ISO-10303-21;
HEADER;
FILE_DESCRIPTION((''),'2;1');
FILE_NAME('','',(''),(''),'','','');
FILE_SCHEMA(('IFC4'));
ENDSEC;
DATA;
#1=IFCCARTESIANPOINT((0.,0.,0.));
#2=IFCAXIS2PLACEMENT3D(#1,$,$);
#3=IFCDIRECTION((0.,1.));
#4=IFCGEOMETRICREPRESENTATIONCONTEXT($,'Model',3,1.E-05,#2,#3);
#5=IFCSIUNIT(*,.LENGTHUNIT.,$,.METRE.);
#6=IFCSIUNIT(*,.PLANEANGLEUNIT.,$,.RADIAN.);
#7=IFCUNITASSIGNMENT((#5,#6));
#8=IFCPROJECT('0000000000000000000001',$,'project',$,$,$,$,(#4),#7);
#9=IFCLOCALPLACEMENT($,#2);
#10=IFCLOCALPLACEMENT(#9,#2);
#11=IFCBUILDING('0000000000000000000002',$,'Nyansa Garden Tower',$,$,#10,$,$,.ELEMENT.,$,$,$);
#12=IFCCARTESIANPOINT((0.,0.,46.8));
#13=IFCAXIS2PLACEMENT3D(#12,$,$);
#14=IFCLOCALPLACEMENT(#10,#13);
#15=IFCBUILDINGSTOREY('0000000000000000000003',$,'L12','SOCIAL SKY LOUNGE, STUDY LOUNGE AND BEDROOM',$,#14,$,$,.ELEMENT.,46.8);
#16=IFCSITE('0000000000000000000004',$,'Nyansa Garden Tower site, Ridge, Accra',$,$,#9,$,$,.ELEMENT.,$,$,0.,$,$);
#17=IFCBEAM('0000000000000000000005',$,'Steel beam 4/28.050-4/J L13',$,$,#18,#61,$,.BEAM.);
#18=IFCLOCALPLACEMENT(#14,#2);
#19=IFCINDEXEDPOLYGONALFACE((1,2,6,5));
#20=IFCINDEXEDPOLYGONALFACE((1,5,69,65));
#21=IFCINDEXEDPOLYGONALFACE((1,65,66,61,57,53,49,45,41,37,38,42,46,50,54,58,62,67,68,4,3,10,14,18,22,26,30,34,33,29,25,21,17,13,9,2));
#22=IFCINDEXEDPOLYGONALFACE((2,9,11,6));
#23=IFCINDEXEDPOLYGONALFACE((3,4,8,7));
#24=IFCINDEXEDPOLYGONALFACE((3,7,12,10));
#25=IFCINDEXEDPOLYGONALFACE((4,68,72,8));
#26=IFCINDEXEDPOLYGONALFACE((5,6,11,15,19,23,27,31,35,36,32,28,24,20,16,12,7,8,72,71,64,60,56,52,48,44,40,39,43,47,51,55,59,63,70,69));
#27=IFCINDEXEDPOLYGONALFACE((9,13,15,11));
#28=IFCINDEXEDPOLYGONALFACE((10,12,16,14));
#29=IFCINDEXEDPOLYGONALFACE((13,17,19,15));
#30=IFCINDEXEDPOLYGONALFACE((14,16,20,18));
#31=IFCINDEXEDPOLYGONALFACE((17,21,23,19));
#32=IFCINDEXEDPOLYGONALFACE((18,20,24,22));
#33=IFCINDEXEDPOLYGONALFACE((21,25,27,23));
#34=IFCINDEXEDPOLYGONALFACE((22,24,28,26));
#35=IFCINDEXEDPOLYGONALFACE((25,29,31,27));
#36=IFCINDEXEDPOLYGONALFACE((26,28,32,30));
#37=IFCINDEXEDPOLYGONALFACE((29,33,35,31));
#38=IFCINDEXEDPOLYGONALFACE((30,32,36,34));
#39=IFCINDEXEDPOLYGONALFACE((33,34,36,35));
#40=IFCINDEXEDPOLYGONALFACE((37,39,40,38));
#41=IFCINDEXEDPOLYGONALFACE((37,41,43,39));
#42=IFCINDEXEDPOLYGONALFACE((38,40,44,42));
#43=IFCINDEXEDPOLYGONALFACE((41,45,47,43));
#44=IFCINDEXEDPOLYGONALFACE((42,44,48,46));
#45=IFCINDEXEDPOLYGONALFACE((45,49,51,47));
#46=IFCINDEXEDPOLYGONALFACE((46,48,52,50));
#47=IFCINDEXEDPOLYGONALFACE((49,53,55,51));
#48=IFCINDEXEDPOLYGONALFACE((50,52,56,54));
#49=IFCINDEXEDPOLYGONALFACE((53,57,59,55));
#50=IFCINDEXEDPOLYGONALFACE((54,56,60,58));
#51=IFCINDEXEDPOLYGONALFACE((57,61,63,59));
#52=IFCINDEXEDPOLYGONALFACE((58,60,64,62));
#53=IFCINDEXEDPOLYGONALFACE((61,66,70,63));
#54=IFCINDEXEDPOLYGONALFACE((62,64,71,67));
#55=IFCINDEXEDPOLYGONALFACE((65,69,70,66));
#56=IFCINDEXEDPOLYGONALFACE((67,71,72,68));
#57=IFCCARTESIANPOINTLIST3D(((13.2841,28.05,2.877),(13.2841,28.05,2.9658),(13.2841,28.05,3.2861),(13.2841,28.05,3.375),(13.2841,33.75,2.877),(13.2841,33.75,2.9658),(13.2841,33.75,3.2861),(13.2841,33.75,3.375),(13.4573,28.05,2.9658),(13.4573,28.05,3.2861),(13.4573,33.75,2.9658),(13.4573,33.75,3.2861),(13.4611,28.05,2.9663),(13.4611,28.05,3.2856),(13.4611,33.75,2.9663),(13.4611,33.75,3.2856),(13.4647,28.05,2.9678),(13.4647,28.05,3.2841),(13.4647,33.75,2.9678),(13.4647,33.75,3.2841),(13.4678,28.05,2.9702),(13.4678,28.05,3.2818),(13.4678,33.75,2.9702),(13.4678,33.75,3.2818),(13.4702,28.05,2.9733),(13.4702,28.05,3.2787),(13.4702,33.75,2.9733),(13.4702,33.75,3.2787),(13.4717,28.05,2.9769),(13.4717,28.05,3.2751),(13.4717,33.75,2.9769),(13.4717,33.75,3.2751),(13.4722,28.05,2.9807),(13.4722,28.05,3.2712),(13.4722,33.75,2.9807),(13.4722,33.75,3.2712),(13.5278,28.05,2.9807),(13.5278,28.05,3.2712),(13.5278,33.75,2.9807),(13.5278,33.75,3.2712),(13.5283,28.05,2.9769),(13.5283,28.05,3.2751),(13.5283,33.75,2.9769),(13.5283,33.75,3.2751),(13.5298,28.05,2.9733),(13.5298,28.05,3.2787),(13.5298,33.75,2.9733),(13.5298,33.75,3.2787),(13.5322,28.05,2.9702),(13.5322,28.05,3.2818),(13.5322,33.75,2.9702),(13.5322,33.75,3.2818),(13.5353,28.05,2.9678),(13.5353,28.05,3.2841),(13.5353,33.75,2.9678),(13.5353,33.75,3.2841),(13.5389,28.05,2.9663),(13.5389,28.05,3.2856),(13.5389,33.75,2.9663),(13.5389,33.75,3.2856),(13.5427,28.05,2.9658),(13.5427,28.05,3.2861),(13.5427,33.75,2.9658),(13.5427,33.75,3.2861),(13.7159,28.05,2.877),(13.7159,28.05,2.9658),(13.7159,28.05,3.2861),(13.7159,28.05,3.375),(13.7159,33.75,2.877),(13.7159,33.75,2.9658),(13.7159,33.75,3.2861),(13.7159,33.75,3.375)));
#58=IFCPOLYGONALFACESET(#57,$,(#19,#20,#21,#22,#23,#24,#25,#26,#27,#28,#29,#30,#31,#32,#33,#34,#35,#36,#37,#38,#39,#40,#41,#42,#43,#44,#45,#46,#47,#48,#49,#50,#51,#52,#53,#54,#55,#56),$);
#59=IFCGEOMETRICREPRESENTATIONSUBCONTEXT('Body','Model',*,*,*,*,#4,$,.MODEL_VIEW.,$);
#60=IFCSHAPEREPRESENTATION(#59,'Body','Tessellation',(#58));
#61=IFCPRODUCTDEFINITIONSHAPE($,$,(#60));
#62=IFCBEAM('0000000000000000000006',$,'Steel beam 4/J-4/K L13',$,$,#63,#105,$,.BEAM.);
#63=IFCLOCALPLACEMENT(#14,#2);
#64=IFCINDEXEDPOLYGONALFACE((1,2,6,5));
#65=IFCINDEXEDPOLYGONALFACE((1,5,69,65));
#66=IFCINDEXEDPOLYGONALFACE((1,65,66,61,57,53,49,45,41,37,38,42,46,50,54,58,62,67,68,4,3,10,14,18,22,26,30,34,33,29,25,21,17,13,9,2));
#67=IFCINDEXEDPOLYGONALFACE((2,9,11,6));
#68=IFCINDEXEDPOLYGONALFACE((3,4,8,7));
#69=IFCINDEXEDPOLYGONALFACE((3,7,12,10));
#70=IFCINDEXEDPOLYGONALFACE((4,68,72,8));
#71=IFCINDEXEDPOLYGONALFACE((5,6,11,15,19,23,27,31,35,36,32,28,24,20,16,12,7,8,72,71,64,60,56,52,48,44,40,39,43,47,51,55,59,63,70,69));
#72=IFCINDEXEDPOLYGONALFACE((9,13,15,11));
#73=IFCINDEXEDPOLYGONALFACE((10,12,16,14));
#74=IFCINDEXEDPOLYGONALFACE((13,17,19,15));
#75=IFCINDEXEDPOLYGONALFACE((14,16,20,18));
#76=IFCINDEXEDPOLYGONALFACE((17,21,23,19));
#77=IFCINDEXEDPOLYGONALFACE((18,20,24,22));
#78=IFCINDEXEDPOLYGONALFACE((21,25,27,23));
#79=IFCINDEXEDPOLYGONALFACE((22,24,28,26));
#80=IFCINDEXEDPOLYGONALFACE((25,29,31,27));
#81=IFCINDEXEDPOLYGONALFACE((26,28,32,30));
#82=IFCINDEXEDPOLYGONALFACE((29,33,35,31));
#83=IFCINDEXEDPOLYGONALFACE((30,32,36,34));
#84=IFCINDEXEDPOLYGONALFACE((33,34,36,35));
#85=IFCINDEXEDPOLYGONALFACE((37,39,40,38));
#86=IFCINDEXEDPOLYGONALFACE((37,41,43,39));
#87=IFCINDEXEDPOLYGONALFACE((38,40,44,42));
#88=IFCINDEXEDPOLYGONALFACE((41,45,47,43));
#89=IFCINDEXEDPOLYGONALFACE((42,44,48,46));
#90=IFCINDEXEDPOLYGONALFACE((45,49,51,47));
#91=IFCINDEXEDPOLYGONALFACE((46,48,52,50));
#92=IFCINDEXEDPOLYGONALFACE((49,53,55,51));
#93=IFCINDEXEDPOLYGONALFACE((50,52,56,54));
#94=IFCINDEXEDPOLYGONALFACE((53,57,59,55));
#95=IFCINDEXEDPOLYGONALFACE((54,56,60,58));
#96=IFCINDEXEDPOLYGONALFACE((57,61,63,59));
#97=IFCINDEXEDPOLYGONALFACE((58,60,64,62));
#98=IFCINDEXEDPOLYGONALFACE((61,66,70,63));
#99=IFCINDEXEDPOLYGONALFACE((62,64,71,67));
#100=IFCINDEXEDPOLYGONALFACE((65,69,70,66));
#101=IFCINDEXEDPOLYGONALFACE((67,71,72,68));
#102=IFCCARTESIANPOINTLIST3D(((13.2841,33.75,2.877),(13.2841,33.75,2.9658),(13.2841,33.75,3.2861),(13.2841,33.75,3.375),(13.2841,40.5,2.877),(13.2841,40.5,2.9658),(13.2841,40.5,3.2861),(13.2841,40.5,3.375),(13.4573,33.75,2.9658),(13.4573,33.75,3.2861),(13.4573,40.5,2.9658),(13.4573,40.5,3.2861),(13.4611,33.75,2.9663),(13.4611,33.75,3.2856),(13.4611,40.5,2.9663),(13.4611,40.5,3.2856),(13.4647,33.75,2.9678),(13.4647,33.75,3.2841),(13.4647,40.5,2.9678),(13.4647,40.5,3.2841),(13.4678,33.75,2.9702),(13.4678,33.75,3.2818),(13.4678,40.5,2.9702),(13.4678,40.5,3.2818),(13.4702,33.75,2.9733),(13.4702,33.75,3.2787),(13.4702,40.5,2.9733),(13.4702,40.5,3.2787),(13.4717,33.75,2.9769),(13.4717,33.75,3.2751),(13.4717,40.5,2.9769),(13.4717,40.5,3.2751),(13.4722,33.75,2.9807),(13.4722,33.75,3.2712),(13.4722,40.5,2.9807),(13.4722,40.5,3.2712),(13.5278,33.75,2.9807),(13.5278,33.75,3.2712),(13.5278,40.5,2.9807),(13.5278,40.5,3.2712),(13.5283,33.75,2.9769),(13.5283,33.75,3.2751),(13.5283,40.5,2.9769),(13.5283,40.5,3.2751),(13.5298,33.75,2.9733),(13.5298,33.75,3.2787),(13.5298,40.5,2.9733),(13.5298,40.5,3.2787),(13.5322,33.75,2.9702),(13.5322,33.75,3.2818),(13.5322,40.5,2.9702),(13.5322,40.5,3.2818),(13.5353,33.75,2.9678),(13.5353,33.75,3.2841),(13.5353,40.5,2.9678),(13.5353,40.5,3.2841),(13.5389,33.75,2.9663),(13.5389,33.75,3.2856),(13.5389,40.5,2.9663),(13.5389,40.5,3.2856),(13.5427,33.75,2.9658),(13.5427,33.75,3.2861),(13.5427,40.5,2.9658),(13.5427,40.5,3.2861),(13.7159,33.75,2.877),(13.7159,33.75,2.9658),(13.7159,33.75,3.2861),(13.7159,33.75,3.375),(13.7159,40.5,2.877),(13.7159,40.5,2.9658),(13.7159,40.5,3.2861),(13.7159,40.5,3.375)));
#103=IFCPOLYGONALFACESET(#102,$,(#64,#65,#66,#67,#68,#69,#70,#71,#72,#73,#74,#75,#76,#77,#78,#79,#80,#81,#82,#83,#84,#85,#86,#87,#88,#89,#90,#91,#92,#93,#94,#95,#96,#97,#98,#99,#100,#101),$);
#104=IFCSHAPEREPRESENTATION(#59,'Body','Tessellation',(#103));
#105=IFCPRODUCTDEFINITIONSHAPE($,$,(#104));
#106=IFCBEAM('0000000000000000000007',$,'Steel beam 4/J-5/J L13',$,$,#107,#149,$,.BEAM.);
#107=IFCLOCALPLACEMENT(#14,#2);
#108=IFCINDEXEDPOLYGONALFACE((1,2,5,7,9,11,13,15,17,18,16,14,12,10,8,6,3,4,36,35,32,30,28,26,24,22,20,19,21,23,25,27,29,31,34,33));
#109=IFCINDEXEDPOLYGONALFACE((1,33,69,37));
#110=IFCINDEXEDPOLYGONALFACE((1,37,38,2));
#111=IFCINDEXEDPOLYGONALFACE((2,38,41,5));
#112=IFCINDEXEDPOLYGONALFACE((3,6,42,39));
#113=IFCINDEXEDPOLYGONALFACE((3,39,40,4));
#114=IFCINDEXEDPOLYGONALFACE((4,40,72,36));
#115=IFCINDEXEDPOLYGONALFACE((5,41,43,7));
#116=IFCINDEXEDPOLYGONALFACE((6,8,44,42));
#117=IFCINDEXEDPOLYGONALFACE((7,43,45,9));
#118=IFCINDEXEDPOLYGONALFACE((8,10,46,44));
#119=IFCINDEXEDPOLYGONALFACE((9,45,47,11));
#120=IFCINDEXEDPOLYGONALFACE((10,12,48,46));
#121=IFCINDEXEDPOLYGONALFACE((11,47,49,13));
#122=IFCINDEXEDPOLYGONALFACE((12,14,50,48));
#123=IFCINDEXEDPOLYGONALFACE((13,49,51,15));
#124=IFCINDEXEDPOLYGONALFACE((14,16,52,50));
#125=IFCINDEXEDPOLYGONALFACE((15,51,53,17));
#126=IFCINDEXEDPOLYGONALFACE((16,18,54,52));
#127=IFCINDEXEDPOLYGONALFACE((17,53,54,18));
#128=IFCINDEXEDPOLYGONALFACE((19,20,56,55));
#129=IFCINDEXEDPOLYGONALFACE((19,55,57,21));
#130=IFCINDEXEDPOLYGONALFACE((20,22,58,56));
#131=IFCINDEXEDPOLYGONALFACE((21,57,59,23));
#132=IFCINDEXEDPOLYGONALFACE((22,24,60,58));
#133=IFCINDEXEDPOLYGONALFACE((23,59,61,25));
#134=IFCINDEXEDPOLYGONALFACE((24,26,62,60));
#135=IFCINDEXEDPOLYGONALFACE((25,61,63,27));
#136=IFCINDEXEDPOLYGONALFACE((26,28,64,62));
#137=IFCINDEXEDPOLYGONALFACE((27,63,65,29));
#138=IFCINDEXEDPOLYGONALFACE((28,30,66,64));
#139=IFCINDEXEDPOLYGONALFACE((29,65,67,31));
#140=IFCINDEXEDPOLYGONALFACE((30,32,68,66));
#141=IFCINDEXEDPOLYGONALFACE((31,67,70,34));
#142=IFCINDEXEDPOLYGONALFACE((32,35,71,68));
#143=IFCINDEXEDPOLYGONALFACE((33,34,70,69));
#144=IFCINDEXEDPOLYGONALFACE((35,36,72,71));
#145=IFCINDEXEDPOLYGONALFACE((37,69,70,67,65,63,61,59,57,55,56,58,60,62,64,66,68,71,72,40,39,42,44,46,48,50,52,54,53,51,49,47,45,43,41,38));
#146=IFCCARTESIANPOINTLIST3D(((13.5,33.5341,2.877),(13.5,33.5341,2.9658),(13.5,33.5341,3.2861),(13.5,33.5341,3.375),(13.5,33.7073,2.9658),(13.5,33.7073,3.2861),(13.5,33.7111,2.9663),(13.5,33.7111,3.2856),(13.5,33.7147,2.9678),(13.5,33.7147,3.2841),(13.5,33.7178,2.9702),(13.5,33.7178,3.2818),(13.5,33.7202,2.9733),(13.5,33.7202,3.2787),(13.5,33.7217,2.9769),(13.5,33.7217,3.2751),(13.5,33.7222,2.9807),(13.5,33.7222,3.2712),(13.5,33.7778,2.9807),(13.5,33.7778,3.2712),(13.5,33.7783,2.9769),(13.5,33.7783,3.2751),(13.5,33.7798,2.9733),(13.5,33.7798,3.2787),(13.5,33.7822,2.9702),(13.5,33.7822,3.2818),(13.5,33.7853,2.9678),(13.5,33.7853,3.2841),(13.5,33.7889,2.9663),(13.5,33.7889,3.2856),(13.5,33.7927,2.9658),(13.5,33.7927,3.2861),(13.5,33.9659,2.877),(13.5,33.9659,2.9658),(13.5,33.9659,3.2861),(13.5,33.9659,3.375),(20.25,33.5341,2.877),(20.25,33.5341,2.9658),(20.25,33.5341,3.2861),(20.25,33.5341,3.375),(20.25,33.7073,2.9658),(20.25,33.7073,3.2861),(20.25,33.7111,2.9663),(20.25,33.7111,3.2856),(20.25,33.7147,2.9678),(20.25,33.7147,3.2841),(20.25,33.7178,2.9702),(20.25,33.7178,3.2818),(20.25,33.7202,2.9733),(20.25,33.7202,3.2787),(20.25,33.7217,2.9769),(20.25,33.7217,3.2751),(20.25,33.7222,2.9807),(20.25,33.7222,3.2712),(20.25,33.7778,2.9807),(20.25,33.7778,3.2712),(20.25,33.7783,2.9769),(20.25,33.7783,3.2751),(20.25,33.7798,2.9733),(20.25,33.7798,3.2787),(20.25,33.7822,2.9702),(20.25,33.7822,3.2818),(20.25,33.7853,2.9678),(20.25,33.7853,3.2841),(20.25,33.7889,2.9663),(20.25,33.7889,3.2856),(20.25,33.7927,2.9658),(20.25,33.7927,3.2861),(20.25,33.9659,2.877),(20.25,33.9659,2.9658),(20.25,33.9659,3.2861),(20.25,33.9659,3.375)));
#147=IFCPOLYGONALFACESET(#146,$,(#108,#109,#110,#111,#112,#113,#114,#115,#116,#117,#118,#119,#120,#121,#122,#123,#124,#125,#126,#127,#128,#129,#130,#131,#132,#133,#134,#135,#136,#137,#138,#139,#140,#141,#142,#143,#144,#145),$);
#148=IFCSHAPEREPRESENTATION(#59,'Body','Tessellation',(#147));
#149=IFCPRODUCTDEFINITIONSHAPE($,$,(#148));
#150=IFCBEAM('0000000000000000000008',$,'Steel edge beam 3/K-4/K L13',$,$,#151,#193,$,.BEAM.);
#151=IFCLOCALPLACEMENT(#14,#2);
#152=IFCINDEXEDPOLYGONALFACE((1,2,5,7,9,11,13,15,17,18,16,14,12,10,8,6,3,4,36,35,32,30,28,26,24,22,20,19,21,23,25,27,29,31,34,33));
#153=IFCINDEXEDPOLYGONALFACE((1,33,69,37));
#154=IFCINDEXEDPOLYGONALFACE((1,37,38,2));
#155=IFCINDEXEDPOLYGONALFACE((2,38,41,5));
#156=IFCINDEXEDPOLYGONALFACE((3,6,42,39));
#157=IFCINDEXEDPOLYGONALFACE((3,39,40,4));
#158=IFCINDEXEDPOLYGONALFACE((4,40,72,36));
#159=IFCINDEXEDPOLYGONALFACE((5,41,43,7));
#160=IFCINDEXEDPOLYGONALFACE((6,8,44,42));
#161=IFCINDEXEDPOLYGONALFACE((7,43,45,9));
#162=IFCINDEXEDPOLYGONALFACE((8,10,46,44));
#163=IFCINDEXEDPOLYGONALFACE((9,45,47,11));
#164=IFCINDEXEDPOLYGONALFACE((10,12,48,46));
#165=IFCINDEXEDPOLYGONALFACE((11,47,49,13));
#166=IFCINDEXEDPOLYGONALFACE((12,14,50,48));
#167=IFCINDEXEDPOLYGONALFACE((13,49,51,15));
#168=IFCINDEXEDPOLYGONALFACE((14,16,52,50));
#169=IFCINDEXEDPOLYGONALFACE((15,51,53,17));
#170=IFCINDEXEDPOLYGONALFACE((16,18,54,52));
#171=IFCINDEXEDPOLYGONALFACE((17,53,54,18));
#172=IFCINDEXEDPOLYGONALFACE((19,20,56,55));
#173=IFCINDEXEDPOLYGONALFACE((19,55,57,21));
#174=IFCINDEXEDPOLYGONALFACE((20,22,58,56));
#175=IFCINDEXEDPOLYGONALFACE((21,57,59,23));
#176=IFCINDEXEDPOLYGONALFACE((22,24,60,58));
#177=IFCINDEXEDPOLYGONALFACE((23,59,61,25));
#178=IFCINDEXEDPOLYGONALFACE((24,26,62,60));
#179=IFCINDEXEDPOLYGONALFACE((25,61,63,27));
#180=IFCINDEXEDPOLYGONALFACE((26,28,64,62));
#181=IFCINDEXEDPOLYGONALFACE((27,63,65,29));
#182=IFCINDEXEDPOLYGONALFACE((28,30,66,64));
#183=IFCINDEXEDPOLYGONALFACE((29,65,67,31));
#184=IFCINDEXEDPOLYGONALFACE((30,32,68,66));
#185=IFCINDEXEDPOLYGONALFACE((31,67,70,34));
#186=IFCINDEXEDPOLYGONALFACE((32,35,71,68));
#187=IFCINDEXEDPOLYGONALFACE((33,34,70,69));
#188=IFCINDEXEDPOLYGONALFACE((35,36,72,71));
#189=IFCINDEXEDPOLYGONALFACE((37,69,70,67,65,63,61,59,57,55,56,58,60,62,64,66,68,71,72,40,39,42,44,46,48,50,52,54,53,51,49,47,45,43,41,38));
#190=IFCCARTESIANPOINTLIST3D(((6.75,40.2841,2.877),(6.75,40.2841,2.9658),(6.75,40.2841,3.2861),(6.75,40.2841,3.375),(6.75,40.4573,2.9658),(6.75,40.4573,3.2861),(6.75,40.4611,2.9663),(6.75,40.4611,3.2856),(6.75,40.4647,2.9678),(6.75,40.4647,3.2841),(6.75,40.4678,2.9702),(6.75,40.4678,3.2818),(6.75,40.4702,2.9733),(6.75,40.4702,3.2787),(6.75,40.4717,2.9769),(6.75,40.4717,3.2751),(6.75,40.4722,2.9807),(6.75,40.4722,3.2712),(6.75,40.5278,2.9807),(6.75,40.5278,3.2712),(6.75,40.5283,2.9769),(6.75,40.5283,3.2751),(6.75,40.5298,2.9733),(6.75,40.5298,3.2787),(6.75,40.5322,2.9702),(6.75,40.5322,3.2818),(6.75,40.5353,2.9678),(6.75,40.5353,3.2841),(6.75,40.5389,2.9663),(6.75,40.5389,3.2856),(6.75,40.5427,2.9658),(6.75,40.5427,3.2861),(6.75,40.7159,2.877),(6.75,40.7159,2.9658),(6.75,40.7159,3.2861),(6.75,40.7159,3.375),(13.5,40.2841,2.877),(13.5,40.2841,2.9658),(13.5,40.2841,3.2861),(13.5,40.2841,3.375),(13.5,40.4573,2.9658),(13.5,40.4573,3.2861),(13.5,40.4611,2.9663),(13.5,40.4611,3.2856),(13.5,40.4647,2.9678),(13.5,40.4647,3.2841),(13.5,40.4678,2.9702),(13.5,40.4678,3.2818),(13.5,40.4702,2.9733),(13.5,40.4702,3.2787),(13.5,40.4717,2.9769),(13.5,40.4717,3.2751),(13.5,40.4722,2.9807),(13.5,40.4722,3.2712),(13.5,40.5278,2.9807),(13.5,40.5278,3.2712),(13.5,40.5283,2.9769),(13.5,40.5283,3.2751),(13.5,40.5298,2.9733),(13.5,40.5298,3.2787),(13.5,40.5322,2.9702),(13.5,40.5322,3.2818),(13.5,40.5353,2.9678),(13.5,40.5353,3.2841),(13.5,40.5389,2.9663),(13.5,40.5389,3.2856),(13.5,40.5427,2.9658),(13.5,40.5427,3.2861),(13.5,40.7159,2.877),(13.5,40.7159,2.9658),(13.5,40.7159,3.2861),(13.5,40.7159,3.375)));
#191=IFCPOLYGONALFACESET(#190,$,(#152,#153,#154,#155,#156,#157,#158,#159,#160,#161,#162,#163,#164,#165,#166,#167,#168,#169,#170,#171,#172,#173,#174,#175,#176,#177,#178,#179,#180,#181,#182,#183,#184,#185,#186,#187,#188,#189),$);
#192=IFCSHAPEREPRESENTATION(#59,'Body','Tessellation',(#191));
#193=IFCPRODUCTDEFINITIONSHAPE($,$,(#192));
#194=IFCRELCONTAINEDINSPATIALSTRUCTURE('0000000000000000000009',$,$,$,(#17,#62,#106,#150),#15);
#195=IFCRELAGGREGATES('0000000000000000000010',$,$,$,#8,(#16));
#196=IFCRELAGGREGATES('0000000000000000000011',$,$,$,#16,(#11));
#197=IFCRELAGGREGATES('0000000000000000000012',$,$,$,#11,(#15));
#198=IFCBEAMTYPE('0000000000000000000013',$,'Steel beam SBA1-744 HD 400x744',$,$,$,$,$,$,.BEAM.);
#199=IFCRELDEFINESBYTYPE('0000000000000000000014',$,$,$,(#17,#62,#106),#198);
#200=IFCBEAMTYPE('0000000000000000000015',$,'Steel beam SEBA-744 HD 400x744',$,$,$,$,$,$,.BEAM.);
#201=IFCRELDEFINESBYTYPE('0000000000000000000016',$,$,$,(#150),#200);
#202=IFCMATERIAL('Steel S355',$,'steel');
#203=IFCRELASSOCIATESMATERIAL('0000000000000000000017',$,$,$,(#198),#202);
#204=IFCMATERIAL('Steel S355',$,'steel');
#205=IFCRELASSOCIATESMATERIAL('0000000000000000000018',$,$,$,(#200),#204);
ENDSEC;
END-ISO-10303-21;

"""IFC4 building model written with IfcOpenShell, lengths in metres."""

from ifc_helpers import new_model, si_unit, direction, frame, origin, origin_2d, place, context, subcontext, project, spatial, i_section, extrude, material, material_profile, profile_set, type_object, element, save


model = new_model("IFC4")

# Units and contexts
model_context = context("Model", 3, precision=1e-05, world=origin(), true_north=direction((0.0, 1.0)))
body_context = subcontext(model_context, "Body", "Model", "MODEL_VIEW")
ifc_project = project(units=[si_unit("LENGTHUNIT", "METRE"), si_unit("PLANEANGLEUNIT", "RADIAN")], contexts=[model_context])

# Site, building, storey
site_placement = place(None, origin())
site = spatial("IfcSite", under=ifc_project, at=site_placement, Name="Nyansa Garden Tower site, Ridge, Accra", CompositionType="ELEMENT", RefElevation=0.0)
building_placement = place(site_placement, origin())
building = spatial("IfcBuilding", under=site, at=building_placement, Name="Nyansa Garden Tower", CompositionType="ELEMENT")
storey_placement = place(building_placement, frame((0.0, 0.0, 46.8)))
storey = spatial("IfcBuildingStorey", under=building, at=storey_placement, Name="L12", Description="SOCIAL SKY LOUNGE, STUDY LOUNGE AND BEDROOM", CompositionType="ELEMENT", Elevation=46.8)

# Beams
ifc_material_1 = material(Name="Steel S355", Category="steel")
ifc_material_profile_1 = material_profile(ifc_material_1, i_section(OverallWidth=0.4319, OverallDepth=0.498, WebThickness=0.0557, FlangeThickness=0.0889, FilletRadius=0.0149, at=origin_2d()), Name="HD 400x744")
ifc_profile_set_1 = profile_set([ifc_material_profile_1], Name="Steel S355")
beam_type_1 = type_object("IfcBeamType", Name="Steel beam SBA1-744 HD 400x744", PredefinedType="BEAM", material=ifc_profile_set_1)
beam_placement = place(storey_placement, frame((13.5, 28.05, 3.126), z_axis=(0.0, 1.0, 0.0), x_axis=(-1.0, 0.0, 0.0)))
element("IfcBeam", 1, at=beam_placement, inside=storey, type_object=beam_type_1, Name="Steel beam 4/28.050-4/J L13", PredefinedType="BEAM", context=body_context, shape_type="SweptSolid", body=[
    extrude(i_section(OverallWidth=0.4319, OverallDepth=0.498, WebThickness=0.0557, FlangeThickness=0.0889, FilletRadius=0.0149, at=origin_2d()), origin(), (0.0, 0.0, 1.0), 5.7),
])
for number, where, z_axis, x_axis, name in (
    (2, (13.5, 33.75, 3.126), (0.0, 1.0, 0.0), (-1.0, 0.0, 0.0), "Steel beam 4/J-4/K L13"),
    (3, (13.5, 33.75, 3.126), (1.0, 0.0, 0.0), (0.0, 1.0, 0.0), "Steel beam 4/J-5/J L13"),
):
    element("IfcBeam", number, at=place(storey_placement, frame(where, z_axis=z_axis, x_axis=x_axis)), inside=storey, type_object=beam_type_1, Name=name, PredefinedType="BEAM", context=body_context, shape_type="SweptSolid", body=[
        extrude(i_section(OverallWidth=0.4319, OverallDepth=0.498, WebThickness=0.0557, FlangeThickness=0.0889, FilletRadius=0.0149, at=origin_2d()), origin(), (0.0, 0.0, 1.0), 6.75),
    ])
ifc_material_2 = material(Name="Steel S355", Category="steel")
ifc_material_profile_2 = material_profile(ifc_material_2, i_section(OverallWidth=0.4319, OverallDepth=0.498, WebThickness=0.0557, FlangeThickness=0.0889, FilletRadius=0.0149, at=origin_2d()), Name="HD 400x744")
ifc_profile_set_2 = profile_set([ifc_material_profile_2], Name="Steel S355")
beam_type_2 = type_object("IfcBeamType", Name="Steel beam SEBA-744 HD 400x744", PredefinedType="BEAM", material=ifc_profile_set_2)
for number, where, z_axis, x_axis, name in (
    (4, (6.75, 40.5, 3.126), (1.0, 0.0, 0.0), (0.0, 1.0, 0.0), "Steel edge beam 3/K-4/K L13"),
):
    element("IfcBeam", number, at=place(storey_placement, frame(where, z_axis=z_axis, x_axis=x_axis)), inside=storey, type_object=beam_type_2, Name=name, PredefinedType="BEAM", context=body_context, shape_type="SweptSolid", body=[
        extrude(i_section(OverallWidth=0.4319, OverallDepth=0.498, WebThickness=0.0557, FlangeThickness=0.0889, FilletRadius=0.0149, at=origin_2d()), origin(), (0.0, 0.0, 1.0), 6.75),
    ])

save(model, "model.ifc")
